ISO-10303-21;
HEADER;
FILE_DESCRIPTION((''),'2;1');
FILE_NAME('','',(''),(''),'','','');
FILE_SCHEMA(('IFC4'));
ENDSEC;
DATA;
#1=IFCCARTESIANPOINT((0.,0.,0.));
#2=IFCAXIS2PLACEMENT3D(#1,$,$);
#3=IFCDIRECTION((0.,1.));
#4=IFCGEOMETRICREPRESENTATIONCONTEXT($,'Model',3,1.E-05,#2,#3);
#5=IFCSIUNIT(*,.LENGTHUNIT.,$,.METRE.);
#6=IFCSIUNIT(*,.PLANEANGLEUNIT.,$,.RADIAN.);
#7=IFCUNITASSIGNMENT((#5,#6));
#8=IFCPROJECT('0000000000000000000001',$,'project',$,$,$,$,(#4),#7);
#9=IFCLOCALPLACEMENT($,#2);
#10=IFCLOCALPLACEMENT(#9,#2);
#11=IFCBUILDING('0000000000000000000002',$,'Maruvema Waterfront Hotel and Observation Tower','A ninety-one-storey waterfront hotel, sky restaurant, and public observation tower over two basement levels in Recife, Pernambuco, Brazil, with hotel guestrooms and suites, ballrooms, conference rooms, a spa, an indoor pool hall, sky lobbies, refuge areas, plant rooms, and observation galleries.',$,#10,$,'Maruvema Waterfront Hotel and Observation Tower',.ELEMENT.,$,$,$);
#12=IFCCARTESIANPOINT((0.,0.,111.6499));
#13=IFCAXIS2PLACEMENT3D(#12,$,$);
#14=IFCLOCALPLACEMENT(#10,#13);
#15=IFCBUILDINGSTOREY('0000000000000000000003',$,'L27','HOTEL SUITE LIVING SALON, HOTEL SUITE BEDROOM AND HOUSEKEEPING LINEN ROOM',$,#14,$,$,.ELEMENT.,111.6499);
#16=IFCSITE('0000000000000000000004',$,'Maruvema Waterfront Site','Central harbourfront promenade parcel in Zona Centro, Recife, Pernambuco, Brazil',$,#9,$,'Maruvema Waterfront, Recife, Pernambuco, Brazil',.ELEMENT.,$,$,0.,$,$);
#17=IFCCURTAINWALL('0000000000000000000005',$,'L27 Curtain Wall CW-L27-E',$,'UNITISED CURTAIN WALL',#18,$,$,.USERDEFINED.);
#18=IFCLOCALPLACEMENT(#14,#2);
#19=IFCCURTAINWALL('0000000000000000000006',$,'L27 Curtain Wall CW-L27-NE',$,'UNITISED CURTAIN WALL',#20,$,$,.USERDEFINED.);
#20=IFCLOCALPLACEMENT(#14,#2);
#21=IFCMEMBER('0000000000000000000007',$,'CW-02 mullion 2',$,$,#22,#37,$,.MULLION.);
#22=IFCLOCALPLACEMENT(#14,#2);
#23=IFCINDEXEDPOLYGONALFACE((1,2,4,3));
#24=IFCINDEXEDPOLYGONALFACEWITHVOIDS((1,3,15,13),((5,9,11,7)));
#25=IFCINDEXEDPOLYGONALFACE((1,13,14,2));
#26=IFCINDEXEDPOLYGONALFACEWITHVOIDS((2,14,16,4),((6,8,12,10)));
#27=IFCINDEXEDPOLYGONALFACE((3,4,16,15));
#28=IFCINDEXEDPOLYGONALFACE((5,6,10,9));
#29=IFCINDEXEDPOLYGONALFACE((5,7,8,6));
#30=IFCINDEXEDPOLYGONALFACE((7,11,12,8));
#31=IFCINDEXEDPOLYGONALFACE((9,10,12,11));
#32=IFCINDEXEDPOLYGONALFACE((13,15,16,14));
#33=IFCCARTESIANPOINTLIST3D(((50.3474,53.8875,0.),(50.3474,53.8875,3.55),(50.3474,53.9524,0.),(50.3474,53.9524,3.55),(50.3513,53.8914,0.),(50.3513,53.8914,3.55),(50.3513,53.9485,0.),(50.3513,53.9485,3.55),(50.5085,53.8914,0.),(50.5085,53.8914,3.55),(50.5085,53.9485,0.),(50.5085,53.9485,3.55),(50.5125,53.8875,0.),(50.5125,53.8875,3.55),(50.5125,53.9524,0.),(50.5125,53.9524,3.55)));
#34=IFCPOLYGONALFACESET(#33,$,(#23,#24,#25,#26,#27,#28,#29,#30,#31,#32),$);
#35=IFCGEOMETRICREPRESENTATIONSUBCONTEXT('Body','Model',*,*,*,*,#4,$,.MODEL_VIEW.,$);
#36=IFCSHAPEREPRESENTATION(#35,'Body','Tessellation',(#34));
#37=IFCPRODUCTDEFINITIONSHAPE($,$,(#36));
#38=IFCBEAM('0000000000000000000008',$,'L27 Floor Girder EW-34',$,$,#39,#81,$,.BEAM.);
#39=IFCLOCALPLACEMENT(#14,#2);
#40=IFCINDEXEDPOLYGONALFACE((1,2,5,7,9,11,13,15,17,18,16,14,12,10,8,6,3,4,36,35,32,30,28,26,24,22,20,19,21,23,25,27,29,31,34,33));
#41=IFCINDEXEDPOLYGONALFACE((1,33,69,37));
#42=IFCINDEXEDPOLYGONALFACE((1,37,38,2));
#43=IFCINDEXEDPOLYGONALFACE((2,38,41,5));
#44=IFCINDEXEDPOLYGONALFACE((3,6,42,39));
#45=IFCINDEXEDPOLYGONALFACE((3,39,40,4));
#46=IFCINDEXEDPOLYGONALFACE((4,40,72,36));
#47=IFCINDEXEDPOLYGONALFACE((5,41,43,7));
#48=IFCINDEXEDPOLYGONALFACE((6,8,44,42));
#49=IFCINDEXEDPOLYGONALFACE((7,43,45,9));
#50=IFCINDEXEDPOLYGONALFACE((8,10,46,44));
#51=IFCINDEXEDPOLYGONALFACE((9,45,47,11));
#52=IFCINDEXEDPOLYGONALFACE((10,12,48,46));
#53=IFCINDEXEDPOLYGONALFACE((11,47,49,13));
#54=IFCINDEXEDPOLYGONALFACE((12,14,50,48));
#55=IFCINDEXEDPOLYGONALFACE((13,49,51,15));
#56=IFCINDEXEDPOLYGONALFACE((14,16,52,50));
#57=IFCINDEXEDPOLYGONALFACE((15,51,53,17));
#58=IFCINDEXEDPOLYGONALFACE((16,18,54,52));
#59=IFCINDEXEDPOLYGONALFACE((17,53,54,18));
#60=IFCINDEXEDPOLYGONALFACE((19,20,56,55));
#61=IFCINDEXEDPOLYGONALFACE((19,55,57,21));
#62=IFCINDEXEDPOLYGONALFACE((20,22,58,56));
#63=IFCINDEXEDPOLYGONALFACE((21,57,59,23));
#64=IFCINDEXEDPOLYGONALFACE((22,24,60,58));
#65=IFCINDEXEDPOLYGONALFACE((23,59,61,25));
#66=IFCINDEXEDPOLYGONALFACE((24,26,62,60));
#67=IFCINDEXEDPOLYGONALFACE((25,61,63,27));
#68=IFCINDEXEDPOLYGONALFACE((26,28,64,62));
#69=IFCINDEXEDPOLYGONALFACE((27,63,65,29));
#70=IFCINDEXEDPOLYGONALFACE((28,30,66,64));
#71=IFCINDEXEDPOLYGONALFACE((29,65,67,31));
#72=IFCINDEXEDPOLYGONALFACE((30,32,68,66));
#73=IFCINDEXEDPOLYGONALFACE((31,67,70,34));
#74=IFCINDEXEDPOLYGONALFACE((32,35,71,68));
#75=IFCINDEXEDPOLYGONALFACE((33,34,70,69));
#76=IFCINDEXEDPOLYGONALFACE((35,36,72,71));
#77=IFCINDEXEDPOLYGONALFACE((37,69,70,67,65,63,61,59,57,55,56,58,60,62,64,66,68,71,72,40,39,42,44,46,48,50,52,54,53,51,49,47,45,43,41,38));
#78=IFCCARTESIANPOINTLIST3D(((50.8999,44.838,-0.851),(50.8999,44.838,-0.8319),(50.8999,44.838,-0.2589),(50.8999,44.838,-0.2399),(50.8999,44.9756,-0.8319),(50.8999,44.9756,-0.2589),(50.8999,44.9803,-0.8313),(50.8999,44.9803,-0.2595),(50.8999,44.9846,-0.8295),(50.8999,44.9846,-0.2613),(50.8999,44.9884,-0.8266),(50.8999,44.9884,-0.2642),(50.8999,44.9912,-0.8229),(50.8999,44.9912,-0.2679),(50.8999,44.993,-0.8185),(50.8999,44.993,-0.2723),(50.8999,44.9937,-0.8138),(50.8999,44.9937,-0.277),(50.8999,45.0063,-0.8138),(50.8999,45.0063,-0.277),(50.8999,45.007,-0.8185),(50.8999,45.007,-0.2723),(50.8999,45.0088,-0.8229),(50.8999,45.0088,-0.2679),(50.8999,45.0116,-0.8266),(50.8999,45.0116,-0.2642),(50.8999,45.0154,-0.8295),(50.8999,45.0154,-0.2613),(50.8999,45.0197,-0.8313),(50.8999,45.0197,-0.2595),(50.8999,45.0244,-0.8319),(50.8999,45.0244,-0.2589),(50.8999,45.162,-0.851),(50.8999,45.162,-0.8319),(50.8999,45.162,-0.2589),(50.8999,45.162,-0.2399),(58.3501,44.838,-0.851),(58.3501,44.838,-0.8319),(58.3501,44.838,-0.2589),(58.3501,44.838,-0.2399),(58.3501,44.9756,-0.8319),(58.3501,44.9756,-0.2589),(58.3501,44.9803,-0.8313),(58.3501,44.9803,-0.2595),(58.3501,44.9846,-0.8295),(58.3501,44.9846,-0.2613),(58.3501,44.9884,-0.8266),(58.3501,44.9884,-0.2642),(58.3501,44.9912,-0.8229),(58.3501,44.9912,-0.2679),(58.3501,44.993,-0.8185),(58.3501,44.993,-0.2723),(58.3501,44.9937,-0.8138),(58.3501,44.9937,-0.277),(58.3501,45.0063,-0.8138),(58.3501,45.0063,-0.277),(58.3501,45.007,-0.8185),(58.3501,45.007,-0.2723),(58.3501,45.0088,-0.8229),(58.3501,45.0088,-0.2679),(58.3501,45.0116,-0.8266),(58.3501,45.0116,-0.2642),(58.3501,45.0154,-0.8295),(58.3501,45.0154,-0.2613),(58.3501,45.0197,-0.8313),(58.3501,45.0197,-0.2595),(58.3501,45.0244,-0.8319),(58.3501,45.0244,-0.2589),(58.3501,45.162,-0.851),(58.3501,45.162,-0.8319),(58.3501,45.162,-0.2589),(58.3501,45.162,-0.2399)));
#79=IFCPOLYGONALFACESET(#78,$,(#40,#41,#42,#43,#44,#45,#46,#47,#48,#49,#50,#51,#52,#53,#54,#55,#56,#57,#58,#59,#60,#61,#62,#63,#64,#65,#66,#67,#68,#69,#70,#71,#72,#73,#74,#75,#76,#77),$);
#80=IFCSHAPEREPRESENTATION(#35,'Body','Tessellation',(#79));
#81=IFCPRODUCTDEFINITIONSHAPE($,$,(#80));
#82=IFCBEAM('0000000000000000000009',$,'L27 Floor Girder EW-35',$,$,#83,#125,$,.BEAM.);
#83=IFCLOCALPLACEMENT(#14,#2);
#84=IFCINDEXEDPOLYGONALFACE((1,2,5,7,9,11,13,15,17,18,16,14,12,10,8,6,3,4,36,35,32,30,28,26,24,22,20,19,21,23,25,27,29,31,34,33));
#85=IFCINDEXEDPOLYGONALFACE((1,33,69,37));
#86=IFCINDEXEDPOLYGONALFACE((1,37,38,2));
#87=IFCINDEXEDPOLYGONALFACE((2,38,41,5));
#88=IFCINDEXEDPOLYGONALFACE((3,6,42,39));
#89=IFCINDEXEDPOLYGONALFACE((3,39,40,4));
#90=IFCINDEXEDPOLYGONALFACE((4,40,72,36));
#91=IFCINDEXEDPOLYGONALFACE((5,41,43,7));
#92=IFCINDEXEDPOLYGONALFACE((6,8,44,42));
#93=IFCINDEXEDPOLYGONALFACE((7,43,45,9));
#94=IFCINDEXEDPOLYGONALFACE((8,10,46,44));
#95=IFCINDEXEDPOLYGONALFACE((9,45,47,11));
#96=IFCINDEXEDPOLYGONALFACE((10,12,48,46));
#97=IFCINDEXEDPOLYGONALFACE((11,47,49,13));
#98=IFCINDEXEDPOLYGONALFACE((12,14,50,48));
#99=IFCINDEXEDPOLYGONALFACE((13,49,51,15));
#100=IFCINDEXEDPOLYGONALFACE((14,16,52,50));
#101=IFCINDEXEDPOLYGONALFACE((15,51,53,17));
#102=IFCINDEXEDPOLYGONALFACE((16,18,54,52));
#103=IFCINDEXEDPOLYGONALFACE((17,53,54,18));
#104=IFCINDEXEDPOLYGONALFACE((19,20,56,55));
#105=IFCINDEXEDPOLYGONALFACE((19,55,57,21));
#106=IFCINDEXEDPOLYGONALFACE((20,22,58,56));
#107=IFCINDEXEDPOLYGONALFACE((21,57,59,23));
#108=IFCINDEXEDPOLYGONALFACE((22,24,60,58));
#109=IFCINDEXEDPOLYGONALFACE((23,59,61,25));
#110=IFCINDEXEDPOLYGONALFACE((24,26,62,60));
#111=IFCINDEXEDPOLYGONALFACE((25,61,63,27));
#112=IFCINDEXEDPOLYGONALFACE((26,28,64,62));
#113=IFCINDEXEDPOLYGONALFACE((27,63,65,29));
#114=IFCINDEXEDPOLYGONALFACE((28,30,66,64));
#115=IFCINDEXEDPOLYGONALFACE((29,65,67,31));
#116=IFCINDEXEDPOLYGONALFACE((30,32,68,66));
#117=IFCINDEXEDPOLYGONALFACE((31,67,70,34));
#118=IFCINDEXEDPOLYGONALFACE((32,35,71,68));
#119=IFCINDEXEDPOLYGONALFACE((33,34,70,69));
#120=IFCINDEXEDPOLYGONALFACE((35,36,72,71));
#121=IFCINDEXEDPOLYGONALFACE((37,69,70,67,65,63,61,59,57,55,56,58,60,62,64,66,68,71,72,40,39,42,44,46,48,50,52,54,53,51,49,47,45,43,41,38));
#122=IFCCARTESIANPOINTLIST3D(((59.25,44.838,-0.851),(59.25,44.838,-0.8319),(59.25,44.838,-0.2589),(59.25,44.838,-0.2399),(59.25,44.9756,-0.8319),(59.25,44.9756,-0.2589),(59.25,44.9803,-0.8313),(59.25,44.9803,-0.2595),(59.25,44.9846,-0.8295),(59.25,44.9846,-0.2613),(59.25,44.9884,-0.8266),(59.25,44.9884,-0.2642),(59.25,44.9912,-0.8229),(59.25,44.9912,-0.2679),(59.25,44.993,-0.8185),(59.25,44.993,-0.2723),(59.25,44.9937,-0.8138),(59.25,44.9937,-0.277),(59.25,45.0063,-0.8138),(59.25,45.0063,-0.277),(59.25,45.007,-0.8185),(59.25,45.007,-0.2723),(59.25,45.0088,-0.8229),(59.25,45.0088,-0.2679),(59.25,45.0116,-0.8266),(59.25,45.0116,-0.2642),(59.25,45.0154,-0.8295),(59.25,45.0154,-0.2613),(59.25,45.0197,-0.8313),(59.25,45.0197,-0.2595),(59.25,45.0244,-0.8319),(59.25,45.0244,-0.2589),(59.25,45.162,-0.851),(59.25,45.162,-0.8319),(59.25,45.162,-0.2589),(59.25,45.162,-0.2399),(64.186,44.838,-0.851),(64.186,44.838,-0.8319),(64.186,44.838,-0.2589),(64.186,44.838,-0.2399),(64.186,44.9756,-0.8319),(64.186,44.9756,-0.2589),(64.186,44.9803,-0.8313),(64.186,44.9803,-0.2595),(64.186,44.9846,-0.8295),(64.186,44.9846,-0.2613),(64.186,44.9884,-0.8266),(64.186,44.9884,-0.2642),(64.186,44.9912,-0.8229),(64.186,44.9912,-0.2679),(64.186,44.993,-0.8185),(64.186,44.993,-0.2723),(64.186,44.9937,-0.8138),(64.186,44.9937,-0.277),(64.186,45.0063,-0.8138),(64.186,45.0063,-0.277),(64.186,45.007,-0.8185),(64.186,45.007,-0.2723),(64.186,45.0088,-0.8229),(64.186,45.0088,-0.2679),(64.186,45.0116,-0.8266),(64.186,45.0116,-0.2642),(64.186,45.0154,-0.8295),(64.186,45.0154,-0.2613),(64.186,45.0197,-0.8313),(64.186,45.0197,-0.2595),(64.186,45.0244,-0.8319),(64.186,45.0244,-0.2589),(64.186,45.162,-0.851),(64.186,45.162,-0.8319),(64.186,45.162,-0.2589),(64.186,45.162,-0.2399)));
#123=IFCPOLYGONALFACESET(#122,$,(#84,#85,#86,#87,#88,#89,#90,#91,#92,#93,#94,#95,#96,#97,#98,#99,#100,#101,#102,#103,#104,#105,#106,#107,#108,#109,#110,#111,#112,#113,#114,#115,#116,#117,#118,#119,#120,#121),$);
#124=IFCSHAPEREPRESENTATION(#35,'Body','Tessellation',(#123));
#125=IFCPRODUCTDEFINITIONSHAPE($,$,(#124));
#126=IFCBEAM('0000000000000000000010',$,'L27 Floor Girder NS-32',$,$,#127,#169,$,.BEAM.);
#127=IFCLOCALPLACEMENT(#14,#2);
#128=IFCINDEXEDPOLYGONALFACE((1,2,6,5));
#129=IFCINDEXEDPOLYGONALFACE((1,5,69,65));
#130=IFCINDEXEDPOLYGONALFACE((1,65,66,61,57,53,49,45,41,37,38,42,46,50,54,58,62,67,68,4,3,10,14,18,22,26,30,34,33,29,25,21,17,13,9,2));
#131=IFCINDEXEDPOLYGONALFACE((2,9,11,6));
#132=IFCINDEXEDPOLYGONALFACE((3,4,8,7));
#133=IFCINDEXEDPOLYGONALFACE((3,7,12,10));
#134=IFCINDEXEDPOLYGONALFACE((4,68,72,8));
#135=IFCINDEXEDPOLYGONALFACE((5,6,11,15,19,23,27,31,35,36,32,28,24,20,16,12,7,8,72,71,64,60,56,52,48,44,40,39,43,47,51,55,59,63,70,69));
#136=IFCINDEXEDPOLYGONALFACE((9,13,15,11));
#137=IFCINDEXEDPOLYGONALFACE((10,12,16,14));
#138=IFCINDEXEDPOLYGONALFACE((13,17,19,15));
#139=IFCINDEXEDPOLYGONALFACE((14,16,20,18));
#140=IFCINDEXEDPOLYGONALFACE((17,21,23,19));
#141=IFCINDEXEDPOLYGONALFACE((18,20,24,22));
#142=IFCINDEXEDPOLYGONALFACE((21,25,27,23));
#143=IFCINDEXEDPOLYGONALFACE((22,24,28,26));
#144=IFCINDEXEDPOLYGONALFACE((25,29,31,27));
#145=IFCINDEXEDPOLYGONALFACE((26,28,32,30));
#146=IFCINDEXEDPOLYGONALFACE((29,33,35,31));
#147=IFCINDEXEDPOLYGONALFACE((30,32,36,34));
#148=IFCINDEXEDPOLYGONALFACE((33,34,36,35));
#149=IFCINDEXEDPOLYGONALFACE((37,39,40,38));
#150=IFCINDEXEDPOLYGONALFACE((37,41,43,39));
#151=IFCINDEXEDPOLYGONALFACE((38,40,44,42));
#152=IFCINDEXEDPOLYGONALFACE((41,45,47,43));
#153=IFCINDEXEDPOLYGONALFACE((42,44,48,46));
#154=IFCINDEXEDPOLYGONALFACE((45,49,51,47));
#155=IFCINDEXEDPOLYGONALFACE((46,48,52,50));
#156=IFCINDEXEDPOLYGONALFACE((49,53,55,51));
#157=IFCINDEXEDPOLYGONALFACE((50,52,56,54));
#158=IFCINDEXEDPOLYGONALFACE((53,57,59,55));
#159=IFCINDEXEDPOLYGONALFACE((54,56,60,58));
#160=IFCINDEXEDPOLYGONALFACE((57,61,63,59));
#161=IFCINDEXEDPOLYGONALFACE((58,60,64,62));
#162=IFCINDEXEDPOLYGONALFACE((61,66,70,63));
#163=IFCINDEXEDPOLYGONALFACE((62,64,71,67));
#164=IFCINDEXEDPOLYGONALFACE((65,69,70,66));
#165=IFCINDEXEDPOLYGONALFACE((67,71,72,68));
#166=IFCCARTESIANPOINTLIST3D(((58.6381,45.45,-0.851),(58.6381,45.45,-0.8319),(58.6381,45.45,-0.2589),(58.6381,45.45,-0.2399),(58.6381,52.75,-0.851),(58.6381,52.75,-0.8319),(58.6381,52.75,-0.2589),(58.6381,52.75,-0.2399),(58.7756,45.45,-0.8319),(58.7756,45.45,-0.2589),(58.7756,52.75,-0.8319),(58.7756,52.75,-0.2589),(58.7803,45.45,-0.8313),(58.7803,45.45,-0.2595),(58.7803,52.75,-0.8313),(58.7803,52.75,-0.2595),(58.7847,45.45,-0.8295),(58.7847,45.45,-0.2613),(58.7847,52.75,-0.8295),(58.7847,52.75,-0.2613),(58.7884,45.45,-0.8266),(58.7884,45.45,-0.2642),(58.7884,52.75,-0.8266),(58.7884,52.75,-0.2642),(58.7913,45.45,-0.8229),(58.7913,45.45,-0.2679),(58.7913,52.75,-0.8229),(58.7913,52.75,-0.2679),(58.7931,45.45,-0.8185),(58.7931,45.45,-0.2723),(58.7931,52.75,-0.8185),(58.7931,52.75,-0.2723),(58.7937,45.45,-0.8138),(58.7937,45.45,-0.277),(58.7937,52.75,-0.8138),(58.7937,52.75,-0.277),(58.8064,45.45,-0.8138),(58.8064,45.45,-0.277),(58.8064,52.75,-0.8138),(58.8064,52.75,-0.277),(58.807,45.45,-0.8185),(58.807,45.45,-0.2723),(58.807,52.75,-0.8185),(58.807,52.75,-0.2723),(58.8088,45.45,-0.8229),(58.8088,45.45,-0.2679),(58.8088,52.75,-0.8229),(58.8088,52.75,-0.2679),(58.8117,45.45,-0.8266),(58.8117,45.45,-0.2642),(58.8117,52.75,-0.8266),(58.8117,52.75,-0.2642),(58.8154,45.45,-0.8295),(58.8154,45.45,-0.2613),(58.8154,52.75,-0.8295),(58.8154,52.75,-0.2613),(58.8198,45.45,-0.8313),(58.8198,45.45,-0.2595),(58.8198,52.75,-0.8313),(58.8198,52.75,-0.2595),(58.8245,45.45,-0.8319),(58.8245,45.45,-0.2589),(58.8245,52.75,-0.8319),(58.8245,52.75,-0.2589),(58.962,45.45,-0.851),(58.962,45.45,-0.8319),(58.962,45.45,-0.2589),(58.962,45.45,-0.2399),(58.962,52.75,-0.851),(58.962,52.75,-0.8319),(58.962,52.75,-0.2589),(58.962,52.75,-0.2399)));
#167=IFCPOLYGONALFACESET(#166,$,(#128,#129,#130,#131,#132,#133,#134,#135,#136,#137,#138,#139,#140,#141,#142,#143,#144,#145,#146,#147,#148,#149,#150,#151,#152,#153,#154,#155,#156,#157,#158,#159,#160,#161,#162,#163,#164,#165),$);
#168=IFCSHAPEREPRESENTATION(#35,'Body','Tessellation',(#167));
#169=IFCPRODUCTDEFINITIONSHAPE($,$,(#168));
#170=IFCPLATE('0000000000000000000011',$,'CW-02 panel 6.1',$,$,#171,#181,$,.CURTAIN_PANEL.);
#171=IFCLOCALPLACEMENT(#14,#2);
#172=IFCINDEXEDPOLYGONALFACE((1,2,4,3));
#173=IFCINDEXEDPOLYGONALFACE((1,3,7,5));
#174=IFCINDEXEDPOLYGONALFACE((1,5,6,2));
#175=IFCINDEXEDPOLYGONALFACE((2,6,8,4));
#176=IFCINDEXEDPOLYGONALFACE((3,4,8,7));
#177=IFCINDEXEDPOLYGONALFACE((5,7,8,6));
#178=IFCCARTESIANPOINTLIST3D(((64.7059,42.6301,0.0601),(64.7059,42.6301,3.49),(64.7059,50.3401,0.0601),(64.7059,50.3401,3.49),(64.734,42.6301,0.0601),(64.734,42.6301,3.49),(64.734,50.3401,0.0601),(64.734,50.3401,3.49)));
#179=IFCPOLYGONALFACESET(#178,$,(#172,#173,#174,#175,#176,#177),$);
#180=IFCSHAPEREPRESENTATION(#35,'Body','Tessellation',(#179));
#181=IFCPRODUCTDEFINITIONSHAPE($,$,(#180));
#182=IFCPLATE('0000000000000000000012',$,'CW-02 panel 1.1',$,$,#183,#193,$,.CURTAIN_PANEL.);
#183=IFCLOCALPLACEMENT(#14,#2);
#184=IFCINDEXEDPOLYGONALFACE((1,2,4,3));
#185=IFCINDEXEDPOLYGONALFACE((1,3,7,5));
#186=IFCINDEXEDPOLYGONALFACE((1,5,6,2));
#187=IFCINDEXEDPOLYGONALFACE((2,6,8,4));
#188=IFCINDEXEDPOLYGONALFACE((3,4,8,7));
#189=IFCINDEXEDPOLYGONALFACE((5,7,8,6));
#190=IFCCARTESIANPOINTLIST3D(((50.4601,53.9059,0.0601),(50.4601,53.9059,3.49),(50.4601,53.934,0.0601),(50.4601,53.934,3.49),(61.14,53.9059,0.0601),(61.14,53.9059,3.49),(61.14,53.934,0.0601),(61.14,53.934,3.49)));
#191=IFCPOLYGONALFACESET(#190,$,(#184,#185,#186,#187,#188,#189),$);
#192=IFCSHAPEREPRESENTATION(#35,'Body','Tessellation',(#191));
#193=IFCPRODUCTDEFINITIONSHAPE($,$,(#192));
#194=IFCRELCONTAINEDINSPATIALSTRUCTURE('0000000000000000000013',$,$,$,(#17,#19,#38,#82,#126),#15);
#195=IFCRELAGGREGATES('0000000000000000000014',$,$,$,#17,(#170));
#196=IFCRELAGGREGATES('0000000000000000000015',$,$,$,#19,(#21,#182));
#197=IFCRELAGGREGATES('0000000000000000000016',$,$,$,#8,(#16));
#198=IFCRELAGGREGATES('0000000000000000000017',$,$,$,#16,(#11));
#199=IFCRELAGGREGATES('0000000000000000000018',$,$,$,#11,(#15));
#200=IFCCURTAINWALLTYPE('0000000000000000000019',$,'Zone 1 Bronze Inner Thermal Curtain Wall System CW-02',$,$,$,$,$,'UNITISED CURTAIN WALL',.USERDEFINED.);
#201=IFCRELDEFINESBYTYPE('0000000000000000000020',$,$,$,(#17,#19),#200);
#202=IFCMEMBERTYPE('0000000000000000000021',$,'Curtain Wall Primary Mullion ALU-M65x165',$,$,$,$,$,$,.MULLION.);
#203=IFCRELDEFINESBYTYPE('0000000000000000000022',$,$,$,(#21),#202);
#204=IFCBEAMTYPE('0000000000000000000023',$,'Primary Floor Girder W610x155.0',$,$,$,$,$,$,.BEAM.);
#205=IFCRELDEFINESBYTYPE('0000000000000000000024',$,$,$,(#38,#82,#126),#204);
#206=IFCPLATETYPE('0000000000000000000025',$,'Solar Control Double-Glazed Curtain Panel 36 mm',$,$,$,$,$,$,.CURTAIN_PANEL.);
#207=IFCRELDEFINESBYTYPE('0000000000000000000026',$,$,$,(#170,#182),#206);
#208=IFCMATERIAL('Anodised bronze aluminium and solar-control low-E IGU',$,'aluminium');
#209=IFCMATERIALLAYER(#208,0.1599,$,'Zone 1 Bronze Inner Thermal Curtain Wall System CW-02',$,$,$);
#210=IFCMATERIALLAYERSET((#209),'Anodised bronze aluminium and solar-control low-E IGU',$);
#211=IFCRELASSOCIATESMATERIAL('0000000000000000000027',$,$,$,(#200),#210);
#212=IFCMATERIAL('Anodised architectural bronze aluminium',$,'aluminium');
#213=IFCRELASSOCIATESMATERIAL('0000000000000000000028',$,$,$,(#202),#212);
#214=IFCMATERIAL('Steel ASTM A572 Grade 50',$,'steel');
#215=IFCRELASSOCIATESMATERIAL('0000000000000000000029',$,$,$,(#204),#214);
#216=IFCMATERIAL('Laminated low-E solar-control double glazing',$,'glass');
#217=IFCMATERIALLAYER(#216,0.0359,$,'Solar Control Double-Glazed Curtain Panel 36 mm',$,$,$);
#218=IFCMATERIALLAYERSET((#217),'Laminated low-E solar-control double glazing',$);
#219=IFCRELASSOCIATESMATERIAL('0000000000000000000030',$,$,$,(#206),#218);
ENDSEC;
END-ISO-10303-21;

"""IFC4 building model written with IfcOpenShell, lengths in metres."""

from ifc_helpers import new_model, si_unit, direction, frame, origin, origin_2d, place, context, subcontext, project, spatial, rectangle, hollow_rectangle, i_section, extrude, material, layer, layer_set, material_profile, profile_set, type_object, element, aggregate, save


model = new_model("IFC4")

# Units and contexts
model_context = context("Model", 3, precision=1e-05, world=origin(), true_north=direction((0.0, 1.0)))
body_context = subcontext(model_context, "Body", "Model", "MODEL_VIEW")
ifc_project = project(units=[si_unit("LENGTHUNIT", "METRE"), si_unit("PLANEANGLEUNIT", "RADIAN")], contexts=[model_context])

# Site, building, storey
site_placement = place(None, origin())
site = spatial("IfcSite", under=ifc_project, at=site_placement, Name="Maruvema Waterfront Site", Description="Central harbourfront promenade parcel in Zona Centro, Recife, Pernambuco, Brazil", LongName="Maruvema Waterfront, Recife, Pernambuco, Brazil", CompositionType="ELEMENT", RefElevation=0.0)
building_placement = place(site_placement, origin())
building = spatial("IfcBuilding", under=site, at=building_placement, Name="Maruvema Waterfront Hotel and Observation Tower", Description="A ninety-one-storey waterfront hotel, sky restaurant, and public observation tower over two basement levels in Recife, Pernambuco, Brazil, with hotel guestrooms and suites, ballrooms, conference rooms, a spa, an indoor pool hall, sky lobbies, refuge areas, plant rooms, and observation galleries.", LongName="Maruvema Waterfront Hotel and Observation Tower", CompositionType="ELEMENT")
storey_placement = place(building_placement, frame((0.0, 0.0, 111.6499)))
storey = spatial("IfcBuildingStorey", under=building, at=storey_placement, Name="L27", Description="HOTEL SUITE LIVING SALON, HOTEL SUITE BEDROOM AND HOUSEKEEPING LINEN ROOM", CompositionType="ELEMENT", Elevation=111.6499)

# Curtain walls
ifc_material_1 = material(Name="Anodised bronze aluminium and solar-control low-E IGU", Category="aluminium")
ifc_layer_1 = layer(ifc_material_1, 0.1599, Name="Zone 1 Bronze Inner Thermal Curtain Wall System CW-02")
ifc_layer_set_1 = layer_set([ifc_layer_1], Name="Anodised bronze aluminium and solar-control low-E IGU")
curtain_wall_type = type_object("IfcCurtainWallType", Name="Zone 1 Bronze Inner Thermal Curtain Wall System CW-02", ElementType="UNITISED CURTAIN WALL", PredefinedType="USERDEFINED", material=ifc_layer_set_1)
curtain_wall_1_placement = place(storey_placement, origin())
curtain_wall_1 = element("IfcCurtainWall", 1, at=curtain_wall_1_placement, inside=storey, type_object=curtain_wall_type, Name="L27 Curtain Wall CW-L27-E", ObjectType="UNITISED CURTAIN WALL", PredefinedType="USERDEFINED")
curtain_wall_2_placement = place(storey_placement, origin())
curtain_wall_2 = element("IfcCurtainWall", 2, at=curtain_wall_2_placement, inside=storey, type_object=curtain_wall_type, Name="L27 Curtain Wall CW-L27-NE", ObjectType="UNITISED CURTAIN WALL", PredefinedType="USERDEFINED")

# Member
ifc_material_2 = material(Name="Anodised architectural bronze aluminium", Category="aluminium")
ifc_material_profile_1 = material_profile(ifc_material_2, hollow_rectangle(XDim=0.0649, YDim=0.165, WallThickness=0.0039, at=origin_2d()), Name="ALU-M65x165")
ifc_profile_set_1 = profile_set([ifc_material_profile_1], Name="Anodised architectural bronze aluminium")
member_type_1 = type_object("IfcMemberType", Name="Curtain Wall Primary Mullion ALU-M65x165", PredefinedType="MULLION", material=ifc_profile_set_1)
member_1_placement = place(storey_placement, frame((50.4299, 53.9199, 0.0), z_axis=(0.0, 0.0, 1.0), x_axis=(0.0, -1.0, 0.0)))
member_1 = element("IfcMember", 3, at=member_1_placement, type_object=member_type_1, Name="CW-02 mullion 2", PredefinedType="MULLION", context=body_context, shape_type="SweptSolid", body=[
    extrude(hollow_rectangle(XDim=0.0649, YDim=0.165, WallThickness=0.0039, at=origin_2d()), origin(), (0.0, 0.0, 1.0), 3.55),
])

# Beams
ifc_material_3 = material(Name="Steel ASTM A572 Grade 50", Category="steel")
ifc_material_profile_2 = material_profile(ifc_material_3, i_section(OverallWidth=0.324, OverallDepth=0.6111, WebThickness=0.0127, FlangeThickness=0.019, FilletRadius=0.0181, at=origin_2d()), Name="W610x155.0")
ifc_profile_set_2 = profile_set([ifc_material_profile_2], Name="Steel ASTM A572 Grade 50")
beam_type = type_object("IfcBeamType", Name="Primary Floor Girder W610x155.0", PredefinedType="BEAM", material=ifc_profile_set_2)
beam_1_placement = place(storey_placement, frame((50.8999, 45.0, -0.5454), z_axis=(1.0, 0.0, 0.0), x_axis=(0.0, 1.0, 0.0)))
element("IfcBeam", 4, at=beam_1_placement, inside=storey, type_object=beam_type, Name="L27 Floor Girder EW-34", PredefinedType="BEAM", context=body_context, shape_type="SweptSolid", body=[
    extrude(i_section(OverallWidth=0.324, OverallDepth=0.6111, WebThickness=0.0127, FlangeThickness=0.019, FilletRadius=0.0181, at=origin_2d()), origin(), (0.0, 0.0, 1.0), 7.4502),
])
beam_2_placement = place(storey_placement, frame((59.25, 45.0, -0.5454), z_axis=(1.0, 0.0, 0.0), x_axis=(0.0, 1.0, 0.0)))
element("IfcBeam", 5, at=beam_2_placement, inside=storey, type_object=beam_type, Name="L27 Floor Girder EW-35", PredefinedType="BEAM", context=body_context, shape_type="SweptSolid", body=[
    extrude(i_section(OverallWidth=0.324, OverallDepth=0.6111, WebThickness=0.0127, FlangeThickness=0.019, FilletRadius=0.0181, at=origin_2d()), origin(), (0.0, 0.0, 1.0), 4.936),
])
beam_3_placement = place(storey_placement, frame((58.8, 45.45, -0.5454), z_axis=(0.0, 1.0, 0.0), x_axis=(-1.0, 0.0, 0.0)))
element("IfcBeam", 6, at=beam_3_placement, inside=storey, type_object=beam_type, Name="L27 Floor Girder NS-32", PredefinedType="BEAM", context=body_context, shape_type="SweptSolid", body=[
    extrude(i_section(OverallWidth=0.324, OverallDepth=0.6111, WebThickness=0.0127, FlangeThickness=0.019, FilletRadius=0.0181, at=origin_2d()), origin(), (0.0, 0.0, 1.0), 7.3),
])

# Plates
ifc_material_4 = material(Name="Laminated low-E solar-control double glazing", Category="glass")
ifc_layer_2 = layer(ifc_material_4, 0.0359, Name="Solar Control Double-Glazed Curtain Panel 36 mm")
ifc_layer_set_2 = layer_set([ifc_layer_2], Name="Laminated low-E solar-control double glazing")
plate_type_1 = type_object("IfcPlateType", Name="Solar Control Double-Glazed Curtain Panel 36 mm", PredefinedType="CURTAIN_PANEL", material=ifc_layer_set_2)
plate_1_placement = place(storey_placement, frame((64.72, 46.4851, 0.0601), z_axis=(0.0, 0.0, 1.0), x_axis=(0.0, 1.0, 0.0)))
plate_1 = element("IfcPlate", 7, at=plate_1_placement, type_object=plate_type_1, Name="CW-02 panel 6.1", PredefinedType="CURTAIN_PANEL", context=body_context, shape_type="SweptSolid", body=[
    extrude(rectangle(XDim=7.71, YDim=0.0281, at=origin_2d()), origin(), (0.0, 0.0, 1.0), 3.4299),
])
aggregate(curtain_wall_1, [plate_1])
plate_2_placement = place(storey_placement, frame((55.8, 53.9199, 0.0601), z_axis=(0.0, 0.0, 1.0), x_axis=(-1.0, 0.0, 0.0)))
plate_2 = element("IfcPlate", 8, at=plate_2_placement, type_object=plate_type_1, Name="CW-02 panel 1.1", PredefinedType="CURTAIN_PANEL", context=body_context, shape_type="SweptSolid", body=[
    extrude(rectangle(XDim=10.6799, YDim=0.0281, at=origin_2d()), origin(), (0.0, 0.0, 1.0), 3.4299),
])
aggregate(curtain_wall_2, [member_1, plate_2])

save(model, "model.ifc")
